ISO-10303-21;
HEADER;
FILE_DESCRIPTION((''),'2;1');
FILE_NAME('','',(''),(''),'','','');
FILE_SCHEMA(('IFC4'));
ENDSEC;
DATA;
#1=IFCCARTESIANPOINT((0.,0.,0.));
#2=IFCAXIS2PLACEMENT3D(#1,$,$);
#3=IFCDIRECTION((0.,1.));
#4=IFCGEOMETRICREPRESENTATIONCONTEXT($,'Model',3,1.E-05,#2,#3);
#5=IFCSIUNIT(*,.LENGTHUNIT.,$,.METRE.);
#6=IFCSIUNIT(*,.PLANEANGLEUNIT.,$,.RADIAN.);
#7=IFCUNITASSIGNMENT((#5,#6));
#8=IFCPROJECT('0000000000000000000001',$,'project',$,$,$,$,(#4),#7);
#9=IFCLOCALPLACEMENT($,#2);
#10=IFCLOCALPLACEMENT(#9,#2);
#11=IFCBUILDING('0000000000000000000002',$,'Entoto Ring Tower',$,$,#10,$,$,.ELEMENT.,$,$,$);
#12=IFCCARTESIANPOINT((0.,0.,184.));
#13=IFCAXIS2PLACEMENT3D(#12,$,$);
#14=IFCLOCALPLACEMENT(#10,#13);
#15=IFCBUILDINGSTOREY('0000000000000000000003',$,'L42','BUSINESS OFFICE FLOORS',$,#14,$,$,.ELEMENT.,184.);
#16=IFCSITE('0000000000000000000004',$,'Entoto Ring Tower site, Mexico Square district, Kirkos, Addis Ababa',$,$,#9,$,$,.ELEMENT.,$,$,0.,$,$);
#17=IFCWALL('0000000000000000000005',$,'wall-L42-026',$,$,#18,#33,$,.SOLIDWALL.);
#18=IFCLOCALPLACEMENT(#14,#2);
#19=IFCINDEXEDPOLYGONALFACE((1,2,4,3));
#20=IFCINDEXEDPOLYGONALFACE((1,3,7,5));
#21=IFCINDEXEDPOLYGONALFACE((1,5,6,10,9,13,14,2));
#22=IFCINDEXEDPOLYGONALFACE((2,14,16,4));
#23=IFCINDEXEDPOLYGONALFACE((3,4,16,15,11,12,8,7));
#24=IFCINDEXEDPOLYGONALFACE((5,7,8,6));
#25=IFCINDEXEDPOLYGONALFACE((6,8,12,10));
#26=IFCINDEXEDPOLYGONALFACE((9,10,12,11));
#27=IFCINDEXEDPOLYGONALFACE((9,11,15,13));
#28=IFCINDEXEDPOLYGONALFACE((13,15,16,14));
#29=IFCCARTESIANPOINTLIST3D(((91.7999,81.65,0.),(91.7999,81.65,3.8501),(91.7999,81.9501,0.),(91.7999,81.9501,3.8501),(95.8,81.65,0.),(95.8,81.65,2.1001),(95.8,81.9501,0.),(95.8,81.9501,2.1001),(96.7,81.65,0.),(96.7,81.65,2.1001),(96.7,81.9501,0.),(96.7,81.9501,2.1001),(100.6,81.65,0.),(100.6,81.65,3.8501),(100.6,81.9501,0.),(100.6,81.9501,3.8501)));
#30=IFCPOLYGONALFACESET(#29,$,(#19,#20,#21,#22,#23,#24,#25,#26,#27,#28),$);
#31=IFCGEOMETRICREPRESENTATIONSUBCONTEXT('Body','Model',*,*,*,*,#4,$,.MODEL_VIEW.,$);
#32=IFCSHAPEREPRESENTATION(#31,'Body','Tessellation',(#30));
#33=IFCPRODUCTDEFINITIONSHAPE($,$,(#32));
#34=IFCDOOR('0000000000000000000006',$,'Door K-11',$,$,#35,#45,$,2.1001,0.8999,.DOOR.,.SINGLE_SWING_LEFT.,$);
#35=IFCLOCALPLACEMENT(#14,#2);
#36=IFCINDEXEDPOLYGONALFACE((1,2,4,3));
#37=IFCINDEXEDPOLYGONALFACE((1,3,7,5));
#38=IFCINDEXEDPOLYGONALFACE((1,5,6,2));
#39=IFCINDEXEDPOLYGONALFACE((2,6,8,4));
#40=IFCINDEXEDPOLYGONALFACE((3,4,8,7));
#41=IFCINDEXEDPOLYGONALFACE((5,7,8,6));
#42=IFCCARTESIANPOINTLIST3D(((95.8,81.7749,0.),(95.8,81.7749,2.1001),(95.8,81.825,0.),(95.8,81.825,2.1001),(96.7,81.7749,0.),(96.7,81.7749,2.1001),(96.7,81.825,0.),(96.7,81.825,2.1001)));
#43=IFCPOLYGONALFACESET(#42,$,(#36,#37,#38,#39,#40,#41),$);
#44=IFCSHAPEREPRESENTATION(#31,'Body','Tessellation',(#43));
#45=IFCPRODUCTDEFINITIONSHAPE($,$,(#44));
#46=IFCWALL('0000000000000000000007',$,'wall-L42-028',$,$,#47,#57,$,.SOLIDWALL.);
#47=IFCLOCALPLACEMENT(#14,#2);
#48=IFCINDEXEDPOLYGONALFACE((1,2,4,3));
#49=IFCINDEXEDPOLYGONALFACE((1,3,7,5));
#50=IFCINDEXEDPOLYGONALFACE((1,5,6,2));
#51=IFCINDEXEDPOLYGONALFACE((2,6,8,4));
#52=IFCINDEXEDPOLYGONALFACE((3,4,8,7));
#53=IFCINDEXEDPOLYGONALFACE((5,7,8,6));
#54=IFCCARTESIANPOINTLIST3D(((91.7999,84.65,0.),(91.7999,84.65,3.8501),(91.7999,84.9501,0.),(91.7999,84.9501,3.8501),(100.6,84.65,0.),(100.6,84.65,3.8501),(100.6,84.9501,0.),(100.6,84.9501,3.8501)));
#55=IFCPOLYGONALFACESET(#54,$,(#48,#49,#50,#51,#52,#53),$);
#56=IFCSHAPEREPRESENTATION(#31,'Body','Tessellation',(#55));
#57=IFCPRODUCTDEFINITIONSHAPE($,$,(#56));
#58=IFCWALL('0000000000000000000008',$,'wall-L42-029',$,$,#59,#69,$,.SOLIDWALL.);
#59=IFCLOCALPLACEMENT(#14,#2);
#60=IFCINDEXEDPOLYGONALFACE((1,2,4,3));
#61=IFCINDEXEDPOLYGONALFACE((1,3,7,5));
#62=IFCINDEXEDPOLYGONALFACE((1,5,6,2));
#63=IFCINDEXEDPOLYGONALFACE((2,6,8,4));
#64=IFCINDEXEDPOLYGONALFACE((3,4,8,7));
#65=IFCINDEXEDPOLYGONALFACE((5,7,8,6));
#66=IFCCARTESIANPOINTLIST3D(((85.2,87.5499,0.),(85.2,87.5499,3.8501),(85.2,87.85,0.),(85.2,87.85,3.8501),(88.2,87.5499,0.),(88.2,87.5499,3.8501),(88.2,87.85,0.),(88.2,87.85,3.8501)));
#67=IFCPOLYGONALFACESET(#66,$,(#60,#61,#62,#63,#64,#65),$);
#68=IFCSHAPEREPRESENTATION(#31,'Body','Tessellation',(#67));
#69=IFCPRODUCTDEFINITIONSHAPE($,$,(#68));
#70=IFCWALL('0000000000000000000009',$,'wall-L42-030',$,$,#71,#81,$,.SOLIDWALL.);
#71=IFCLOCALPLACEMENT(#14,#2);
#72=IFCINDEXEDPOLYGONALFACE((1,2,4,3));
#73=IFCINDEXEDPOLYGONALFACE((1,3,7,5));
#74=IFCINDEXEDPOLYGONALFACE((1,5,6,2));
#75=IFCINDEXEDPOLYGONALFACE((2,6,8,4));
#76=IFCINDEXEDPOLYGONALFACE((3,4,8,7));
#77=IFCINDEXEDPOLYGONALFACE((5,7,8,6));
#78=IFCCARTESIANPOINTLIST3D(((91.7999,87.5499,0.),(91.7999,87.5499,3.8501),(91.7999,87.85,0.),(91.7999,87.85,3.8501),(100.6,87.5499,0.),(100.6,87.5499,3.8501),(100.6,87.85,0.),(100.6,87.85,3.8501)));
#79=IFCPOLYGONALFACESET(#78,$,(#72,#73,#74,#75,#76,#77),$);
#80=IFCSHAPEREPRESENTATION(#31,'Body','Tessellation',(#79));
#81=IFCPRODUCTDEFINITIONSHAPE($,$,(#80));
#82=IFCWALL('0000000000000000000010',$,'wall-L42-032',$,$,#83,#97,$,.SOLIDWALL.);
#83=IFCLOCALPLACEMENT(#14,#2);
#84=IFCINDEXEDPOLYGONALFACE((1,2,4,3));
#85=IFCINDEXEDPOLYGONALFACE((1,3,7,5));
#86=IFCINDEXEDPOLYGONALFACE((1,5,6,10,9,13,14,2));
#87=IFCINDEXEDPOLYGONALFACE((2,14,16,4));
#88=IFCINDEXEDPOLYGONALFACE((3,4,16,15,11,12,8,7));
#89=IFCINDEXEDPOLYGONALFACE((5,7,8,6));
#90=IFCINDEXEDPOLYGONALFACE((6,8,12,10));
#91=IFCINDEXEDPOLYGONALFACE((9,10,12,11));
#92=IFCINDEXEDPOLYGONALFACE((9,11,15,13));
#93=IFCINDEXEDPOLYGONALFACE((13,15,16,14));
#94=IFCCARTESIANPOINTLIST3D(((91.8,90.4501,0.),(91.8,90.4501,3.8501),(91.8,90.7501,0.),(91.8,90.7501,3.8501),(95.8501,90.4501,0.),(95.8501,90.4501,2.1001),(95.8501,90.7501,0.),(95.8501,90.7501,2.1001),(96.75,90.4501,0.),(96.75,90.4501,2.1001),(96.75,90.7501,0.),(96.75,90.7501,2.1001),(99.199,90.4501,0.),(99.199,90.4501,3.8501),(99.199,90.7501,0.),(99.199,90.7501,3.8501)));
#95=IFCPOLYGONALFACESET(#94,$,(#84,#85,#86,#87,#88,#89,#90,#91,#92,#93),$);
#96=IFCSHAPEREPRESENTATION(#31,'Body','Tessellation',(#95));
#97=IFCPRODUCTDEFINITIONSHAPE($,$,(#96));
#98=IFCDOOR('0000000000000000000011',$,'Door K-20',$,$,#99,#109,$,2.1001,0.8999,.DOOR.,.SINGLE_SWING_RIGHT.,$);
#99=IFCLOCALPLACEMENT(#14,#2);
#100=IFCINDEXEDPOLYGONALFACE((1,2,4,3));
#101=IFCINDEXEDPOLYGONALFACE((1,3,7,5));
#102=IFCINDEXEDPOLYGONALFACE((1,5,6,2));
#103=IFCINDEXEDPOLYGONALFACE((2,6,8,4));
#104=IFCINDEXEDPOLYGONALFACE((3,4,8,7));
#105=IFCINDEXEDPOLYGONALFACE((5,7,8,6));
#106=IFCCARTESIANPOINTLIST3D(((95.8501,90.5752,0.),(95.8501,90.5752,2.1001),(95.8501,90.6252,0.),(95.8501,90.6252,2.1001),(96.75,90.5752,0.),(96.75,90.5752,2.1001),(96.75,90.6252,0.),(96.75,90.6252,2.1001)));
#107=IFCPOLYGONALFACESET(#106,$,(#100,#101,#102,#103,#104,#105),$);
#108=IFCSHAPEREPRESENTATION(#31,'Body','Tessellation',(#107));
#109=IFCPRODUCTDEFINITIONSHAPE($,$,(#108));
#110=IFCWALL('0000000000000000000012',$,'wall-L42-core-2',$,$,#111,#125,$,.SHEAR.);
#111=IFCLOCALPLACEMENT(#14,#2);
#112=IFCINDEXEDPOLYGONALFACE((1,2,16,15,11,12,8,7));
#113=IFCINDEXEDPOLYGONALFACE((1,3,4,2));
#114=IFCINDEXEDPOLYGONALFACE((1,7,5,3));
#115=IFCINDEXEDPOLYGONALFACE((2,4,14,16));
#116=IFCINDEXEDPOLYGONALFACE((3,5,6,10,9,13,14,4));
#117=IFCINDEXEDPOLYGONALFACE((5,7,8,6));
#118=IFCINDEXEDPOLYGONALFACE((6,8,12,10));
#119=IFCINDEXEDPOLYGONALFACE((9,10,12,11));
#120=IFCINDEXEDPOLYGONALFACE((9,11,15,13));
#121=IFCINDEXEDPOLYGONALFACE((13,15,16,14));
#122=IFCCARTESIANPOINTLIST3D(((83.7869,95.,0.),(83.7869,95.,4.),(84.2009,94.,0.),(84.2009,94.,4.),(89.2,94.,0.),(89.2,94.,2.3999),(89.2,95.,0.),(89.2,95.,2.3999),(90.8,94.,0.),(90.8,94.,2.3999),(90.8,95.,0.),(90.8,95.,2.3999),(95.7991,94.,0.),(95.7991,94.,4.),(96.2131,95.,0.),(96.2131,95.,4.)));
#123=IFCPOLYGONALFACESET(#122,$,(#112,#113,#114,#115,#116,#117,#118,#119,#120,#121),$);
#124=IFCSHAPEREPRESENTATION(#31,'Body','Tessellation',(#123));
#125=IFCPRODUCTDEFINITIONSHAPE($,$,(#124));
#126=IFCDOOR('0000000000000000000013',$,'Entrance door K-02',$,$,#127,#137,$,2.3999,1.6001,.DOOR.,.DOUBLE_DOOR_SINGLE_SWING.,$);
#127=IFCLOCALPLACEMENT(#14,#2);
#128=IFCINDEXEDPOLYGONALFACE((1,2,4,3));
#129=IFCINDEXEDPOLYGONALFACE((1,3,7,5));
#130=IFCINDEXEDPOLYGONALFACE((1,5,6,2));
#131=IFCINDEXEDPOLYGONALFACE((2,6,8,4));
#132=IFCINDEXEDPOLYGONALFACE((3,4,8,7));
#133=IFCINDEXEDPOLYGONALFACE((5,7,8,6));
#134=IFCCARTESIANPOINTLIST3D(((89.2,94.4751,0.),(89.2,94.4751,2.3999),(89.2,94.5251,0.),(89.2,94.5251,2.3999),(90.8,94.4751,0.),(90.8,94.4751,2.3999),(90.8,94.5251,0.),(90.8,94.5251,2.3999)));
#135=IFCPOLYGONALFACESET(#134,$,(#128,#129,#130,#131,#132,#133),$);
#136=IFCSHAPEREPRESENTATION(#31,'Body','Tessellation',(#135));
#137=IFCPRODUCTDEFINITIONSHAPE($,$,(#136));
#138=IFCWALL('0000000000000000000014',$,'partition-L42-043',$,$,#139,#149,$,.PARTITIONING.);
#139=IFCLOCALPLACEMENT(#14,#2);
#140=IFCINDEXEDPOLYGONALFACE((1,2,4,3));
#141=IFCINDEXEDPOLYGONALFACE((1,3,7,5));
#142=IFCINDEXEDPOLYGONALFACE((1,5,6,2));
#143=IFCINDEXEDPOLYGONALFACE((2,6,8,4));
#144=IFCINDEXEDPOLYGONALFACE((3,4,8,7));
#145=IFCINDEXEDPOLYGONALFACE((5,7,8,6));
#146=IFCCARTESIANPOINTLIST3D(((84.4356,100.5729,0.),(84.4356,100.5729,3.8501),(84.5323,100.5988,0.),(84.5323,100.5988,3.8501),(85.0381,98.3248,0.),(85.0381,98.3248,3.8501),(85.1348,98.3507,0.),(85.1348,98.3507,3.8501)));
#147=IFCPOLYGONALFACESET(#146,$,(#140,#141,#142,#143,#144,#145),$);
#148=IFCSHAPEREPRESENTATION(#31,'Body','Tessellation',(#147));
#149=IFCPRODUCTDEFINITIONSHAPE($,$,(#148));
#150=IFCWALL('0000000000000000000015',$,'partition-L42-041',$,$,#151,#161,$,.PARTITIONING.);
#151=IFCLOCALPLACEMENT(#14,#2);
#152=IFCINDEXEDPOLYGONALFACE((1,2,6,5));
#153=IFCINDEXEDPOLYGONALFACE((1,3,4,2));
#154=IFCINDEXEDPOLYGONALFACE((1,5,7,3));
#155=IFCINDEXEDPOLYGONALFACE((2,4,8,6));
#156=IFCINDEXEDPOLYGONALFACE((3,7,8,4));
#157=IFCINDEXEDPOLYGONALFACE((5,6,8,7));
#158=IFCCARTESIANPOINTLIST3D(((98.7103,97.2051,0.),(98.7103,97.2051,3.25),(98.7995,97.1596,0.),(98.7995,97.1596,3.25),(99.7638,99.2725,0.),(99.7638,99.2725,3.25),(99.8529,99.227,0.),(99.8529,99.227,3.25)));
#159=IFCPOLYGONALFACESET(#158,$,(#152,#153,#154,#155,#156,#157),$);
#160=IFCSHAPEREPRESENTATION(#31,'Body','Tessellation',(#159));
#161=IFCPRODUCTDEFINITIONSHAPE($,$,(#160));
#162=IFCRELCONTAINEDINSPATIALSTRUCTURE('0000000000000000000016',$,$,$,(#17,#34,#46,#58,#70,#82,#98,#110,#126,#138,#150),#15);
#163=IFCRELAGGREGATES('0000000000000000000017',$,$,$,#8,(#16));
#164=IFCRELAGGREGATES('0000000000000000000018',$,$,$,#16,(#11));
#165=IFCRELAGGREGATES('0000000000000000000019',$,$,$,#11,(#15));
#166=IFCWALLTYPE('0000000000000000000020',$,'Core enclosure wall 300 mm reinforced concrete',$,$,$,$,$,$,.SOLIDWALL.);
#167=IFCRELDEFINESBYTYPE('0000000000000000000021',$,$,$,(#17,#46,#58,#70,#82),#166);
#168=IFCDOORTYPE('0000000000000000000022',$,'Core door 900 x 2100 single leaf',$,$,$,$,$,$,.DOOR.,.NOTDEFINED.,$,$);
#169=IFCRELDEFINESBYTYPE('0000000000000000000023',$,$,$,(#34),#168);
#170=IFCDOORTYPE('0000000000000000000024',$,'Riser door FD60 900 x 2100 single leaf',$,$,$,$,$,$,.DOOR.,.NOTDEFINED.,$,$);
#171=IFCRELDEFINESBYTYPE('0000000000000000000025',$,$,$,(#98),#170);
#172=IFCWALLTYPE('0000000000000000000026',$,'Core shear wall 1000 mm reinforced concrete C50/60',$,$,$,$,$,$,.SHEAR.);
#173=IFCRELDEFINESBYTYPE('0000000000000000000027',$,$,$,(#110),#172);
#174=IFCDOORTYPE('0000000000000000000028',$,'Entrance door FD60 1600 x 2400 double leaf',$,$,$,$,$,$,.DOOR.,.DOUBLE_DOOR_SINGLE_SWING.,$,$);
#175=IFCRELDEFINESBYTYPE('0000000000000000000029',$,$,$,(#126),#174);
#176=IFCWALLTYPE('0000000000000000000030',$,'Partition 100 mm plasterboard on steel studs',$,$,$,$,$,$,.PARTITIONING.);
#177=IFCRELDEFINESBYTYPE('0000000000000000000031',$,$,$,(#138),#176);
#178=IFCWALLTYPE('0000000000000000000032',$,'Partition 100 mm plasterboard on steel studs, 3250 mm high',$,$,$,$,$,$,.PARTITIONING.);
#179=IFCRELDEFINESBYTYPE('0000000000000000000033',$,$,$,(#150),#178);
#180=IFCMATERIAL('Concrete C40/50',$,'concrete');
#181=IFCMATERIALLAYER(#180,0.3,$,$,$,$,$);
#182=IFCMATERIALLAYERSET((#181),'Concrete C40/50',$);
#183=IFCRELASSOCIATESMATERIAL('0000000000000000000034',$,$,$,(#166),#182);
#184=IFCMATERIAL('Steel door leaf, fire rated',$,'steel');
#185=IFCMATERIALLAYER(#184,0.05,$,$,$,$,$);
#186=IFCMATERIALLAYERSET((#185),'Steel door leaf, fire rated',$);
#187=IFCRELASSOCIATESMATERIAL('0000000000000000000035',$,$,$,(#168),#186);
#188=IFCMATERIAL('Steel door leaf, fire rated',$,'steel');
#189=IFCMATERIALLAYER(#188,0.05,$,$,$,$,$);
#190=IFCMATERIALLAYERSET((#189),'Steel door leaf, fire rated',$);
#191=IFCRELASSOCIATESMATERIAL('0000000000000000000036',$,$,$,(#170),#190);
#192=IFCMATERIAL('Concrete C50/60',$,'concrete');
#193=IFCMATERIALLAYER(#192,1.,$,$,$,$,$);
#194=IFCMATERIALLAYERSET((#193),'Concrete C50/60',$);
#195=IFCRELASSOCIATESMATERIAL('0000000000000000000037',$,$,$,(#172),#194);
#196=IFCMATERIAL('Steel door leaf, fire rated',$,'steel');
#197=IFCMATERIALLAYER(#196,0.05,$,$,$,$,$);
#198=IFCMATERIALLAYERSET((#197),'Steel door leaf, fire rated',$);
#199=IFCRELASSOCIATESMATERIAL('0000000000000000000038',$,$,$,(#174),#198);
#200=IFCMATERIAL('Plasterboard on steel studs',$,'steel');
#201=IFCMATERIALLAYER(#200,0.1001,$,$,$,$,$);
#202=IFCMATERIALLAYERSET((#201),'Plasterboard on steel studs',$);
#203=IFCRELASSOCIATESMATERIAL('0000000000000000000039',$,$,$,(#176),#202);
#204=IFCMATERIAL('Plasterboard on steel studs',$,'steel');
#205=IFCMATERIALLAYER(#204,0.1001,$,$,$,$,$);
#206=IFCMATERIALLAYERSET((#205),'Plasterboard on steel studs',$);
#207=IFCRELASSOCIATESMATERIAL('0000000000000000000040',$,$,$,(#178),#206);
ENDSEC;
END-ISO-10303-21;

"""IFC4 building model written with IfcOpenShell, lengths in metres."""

from ifc_helpers import new_model, si_unit, direction, frame, frame_2d, origin, place, context, subcontext, project, spatial, polyline, rectangle, outline, extrude, material, layer, layer_set, type_object, element, fill, save


model = new_model("IFC4")

# Units and contexts
model_context = context("Model", 3, precision=1e-05, world=origin(), true_north=direction((0.0, 1.0)))
body_context = subcontext(model_context, "Body", "Model", "MODEL_VIEW")
ifc_project = project(units=[si_unit("LENGTHUNIT", "METRE"), si_unit("PLANEANGLEUNIT", "RADIAN")], contexts=[model_context])

# Site, building, storey
site_placement = place(None, origin())
site = spatial("IfcSite", under=ifc_project, at=site_placement, Name="Entoto Ring Tower site, Mexico Square district, Kirkos, Addis Ababa", CompositionType="ELEMENT", RefElevation=0.0)
building_placement = place(site_placement, origin())
building = spatial("IfcBuilding", under=site, at=building_placement, Name="Entoto Ring Tower", CompositionType="ELEMENT")
storey_placement = place(building_placement, frame((0.0, 0.0, 184.0)))
storey = spatial("IfcBuildingStorey", under=building, at=storey_placement, Name="L42", Description="BUSINESS OFFICE FLOORS", CompositionType="ELEMENT", Elevation=184.0)

# Shared definitions
ifc_material_1 = material(Name="Concrete C40/50", Category="concrete")
ifc_layer_1 = layer(ifc_material_1, 0.3)
ifc_layer_set_1 = layer_set([ifc_layer_1], Name="Concrete C40/50")
wall_type_1 = type_object("IfcWallType", Name="Core enclosure wall 300 mm reinforced concrete", PredefinedType="SOLIDWALL", material=ifc_layer_set_1)

# Wall, opening, door
wall_1_placement = place(storey_placement, frame((91.8, 81.8, 0.0), z_axis=(0.0, 0.0, 1.0), x_axis=(1.0, 0.0, 0.0)))
wall_1 = element("IfcWall", 1, at=wall_1_placement, inside=storey, type_object=wall_type_1, Name="wall-L42-026", PredefinedType="SOLIDWALL", context=body_context, shape_type="SweptSolid", body=[
    extrude(rectangle(XDim=8.8, YDim=0.3, at=frame_2d((4.3999, 0.0))), origin(), (0.0, 0.0, 1.0), 3.8501),
])
opening_1_placement = place(wall_1_placement, frame((4.0, 0.0, 0.0)))
opening_1 = element("IfcOpeningElement", 2, at=opening_1_placement, cuts=wall_1, PredefinedType="OPENING", context=body_context, shape_type="SweptSolid", body=[
    extrude(rectangle(XDim=0.8999, YDim=2.1001, at=frame_2d((0.45, 1.05))), frame((0.0, 0.1602, 0.0), z_axis=(0.0, -1.0, 0.0), x_axis=(1.0, 0.0, 0.0)), (0.0, 0.0, 1.0), 0.3201),
])
ifc_material_2 = material(Name="Steel door leaf, fire rated", Category="steel")
ifc_layer_2 = layer(ifc_material_2, 0.05)
ifc_layer_set_2 = layer_set([ifc_layer_2], Name="Steel door leaf, fire rated")
door_type_1 = type_object("IfcDoorType", Name="Core door 900 x 2100 single leaf", OperationType="NOTDEFINED", PredefinedType="DOOR", material=ifc_layer_set_2)
door_1_placement = place(opening_1_placement, origin())
door_1 = element("IfcDoor", 3, at=door_1_placement, inside=storey, type_object=door_type_1, Name="Door K-11", OperationType="SINGLE_SWING_LEFT", OverallHeight=2.1001, OverallWidth=0.8999, PredefinedType="DOOR", context=body_context, shape_type="SweptSolid", body=[
    extrude(rectangle(XDim=0.8999, YDim=2.1001, at=frame_2d((0.45, 1.05))), frame((0.0, 0.0249, 0.0), z_axis=(0.0, -1.0, 0.0), x_axis=(1.0, 0.0, 0.0)), (0.0, 0.0, 1.0), 0.05),
])
fill(opening_1, door_1)

# Walls
wall_2_placement = place(storey_placement, frame((91.8, 84.8, 0.0), z_axis=(0.0, 0.0, 1.0), x_axis=(1.0, 0.0, 0.0)))
element("IfcWall", 4, at=wall_2_placement, inside=storey, type_object=wall_type_1, Name="wall-L42-028", PredefinedType="SOLIDWALL", context=body_context, shape_type="SweptSolid", body=[
    extrude(rectangle(XDim=8.8, YDim=0.3, at=frame_2d((4.3999, 0.0))), origin(), (0.0, 0.0, 1.0), 3.8501),
])
wall_3_placement = place(storey_placement, frame((85.2, 87.7, 0.0), z_axis=(0.0, 0.0, 1.0), x_axis=(1.0, 0.0, 0.0)))
element("IfcWall", 5, at=wall_3_placement, inside=storey, type_object=wall_type_1, Name="wall-L42-029", PredefinedType="SOLIDWALL", context=body_context, shape_type="SweptSolid", body=[
    extrude(rectangle(XDim=3.0, YDim=0.3, at=frame_2d((1.5, 0.0))), origin(), (0.0, 0.0, 1.0), 3.8501),
])
wall_4_placement = place(storey_placement, frame((91.8, 87.7, 0.0), z_axis=(0.0, 0.0, 1.0), x_axis=(1.0, 0.0, 0.0)))
element("IfcWall", 6, at=wall_4_placement, inside=storey, type_object=wall_type_1, Name="wall-L42-030", PredefinedType="SOLIDWALL", context=body_context, shape_type="SweptSolid", body=[
    extrude(rectangle(XDim=8.8, YDim=0.3, at=frame_2d((4.3999, 0.0))), origin(), (0.0, 0.0, 1.0), 3.8501),
])

# Walls, openings, doors
wall_5_placement = place(storey_placement, frame((91.8, 90.6001, 0.0), z_axis=(0.0, 0.0, 1.0), x_axis=(1.0, 0.0, 0.0)))
wall_5 = element("IfcWall", 7, at=wall_5_placement, inside=storey, type_object=wall_type_1, Name="wall-L42-032", PredefinedType="SOLIDWALL", context=body_context, shape_type="SweptSolid", body=[
    extrude(rectangle(XDim=7.3989, YDim=0.3, at=frame_2d((3.6995, 0.0))), origin(), (0.0, 0.0, 1.0), 3.8501),
])
opening_2_placement = place(wall_5_placement, frame((4.05, 0.0, 0.0)))
opening_2 = element("IfcOpeningElement", 8, at=opening_2_placement, cuts=wall_5, PredefinedType="OPENING", context=body_context, shape_type="SweptSolid", body=[
    extrude(rectangle(XDim=0.8999, YDim=2.1001, at=frame_2d((0.45, 1.05))), frame((0.0, 0.1602, 0.0), z_axis=(0.0, -1.0, 0.0), x_axis=(1.0, 0.0, 0.0)), (0.0, 0.0, 1.0), 0.3201),
])
ifc_material_3 = material(Name="Steel door leaf, fire rated", Category="steel")
ifc_layer_3 = layer(ifc_material_3, 0.05)
ifc_layer_set_3 = layer_set([ifc_layer_3], Name="Steel door leaf, fire rated")
door_type_2 = type_object("IfcDoorType", Name="Riser door FD60 900 x 2100 single leaf", OperationType="NOTDEFINED", PredefinedType="DOOR", material=ifc_layer_set_3)
door_2_placement = place(opening_2_placement, frame((0.8999, 0.0, 0.0), z_axis=(0.0, 0.0, 1.0), x_axis=(-1.0, 0.0, 0.0)))
door_2 = element("IfcDoor", 9, at=door_2_placement, inside=storey, type_object=door_type_2, Name="Door K-20", OperationType="SINGLE_SWING_RIGHT", OverallHeight=2.1001, OverallWidth=0.8999, PredefinedType="DOOR", context=body_context, shape_type="SweptSolid", body=[
    extrude(rectangle(XDim=0.8999, YDim=2.1001, at=frame_2d((0.45, 1.05))), frame((0.0, 0.0249, 0.0), z_axis=(0.0, -1.0, 0.0), x_axis=(1.0, 0.0, 0.0)), (0.0, 0.0, 1.0), 0.05),
])
fill(opening_2, door_2)
ifc_material_4 = material(Name="Concrete C50/60", Category="concrete")
ifc_layer_4 = layer(ifc_material_4, 1.0)
ifc_layer_set_4 = layer_set([ifc_layer_4], Name="Concrete C50/60")
wall_type_2 = type_object("IfcWallType", Name="Core shear wall 1000 mm reinforced concrete C50/60", PredefinedType="SHEAR", material=ifc_layer_set_4)
wall_6_placement = place(storey_placement, frame((96.0061, 94.5, 0.0), z_axis=(0.0, 0.0, 1.0), x_axis=(-1.0, 0.0, 0.0)))
wall_6 = element("IfcWall", 10, at=wall_6_placement, inside=storey, type_object=wall_type_2, Name="wall-L42-core-2", PredefinedType="SHEAR", context=body_context, shape_type="SweptSolid", body=[
    extrude(outline(polyline([(-0.207, -0.5), (12.2192, -0.5), (11.8052, 0.5), (0.207, 0.5), (-0.207, -0.5)])), origin(), (0.0, 0.0, 1.0), 4.0),
])
opening_3_placement = place(wall_6_placement, frame((5.2061, 0.0, 0.0)))
opening_3 = element("IfcOpeningElement", 11, at=opening_3_placement, cuts=wall_6, PredefinedType="OPENING", context=body_context, shape_type="SweptSolid", body=[
    extrude(rectangle(XDim=1.6001, YDim=2.3999, at=frame_2d((0.8, 1.2))), frame((0.0, 0.51, 0.0), z_axis=(0.0, -1.0, 0.0), x_axis=(1.0, 0.0, 0.0)), (0.0, 0.0, 1.0), 1.02),
])
ifc_material_5 = material(Name="Steel door leaf, fire rated", Category="steel")
ifc_layer_5 = layer(ifc_material_5, 0.05)
ifc_layer_set_5 = layer_set([ifc_layer_5], Name="Steel door leaf, fire rated")
door_type_3 = type_object("IfcDoorType", Name="Entrance door FD60 1600 x 2400 double leaf", OperationType="DOUBLE_DOOR_SINGLE_SWING", PredefinedType="DOOR", material=ifc_layer_set_5)
door_3_placement = place(opening_3_placement, origin())
door_3 = element("IfcDoor", 12, at=door_3_placement, inside=storey, type_object=door_type_3, Name="Entrance door K-02", OperationType="DOUBLE_DOOR_SINGLE_SWING", OverallHeight=2.3999, OverallWidth=1.6001, PredefinedType="DOOR", context=body_context, shape_type="SweptSolid", body=[
    extrude(rectangle(XDim=1.6001, YDim=2.3999, at=frame_2d((0.8, 1.2))), frame((0.0, 0.0249, 0.0), z_axis=(0.0, -1.0, 0.0), x_axis=(1.0, 0.0, 0.0)), (0.0, 0.0, 1.0), 0.05),
])
fill(opening_3, door_3)

# Walls
ifc_material_6 = material(Name="Plasterboard on steel studs", Category="steel")
ifc_layer_6 = layer(ifc_material_6, 0.1001)
ifc_layer_set_6 = layer_set([ifc_layer_6], Name="Plasterboard on steel studs")
wall_type_3 = type_object("IfcWallType", Name="Partition 100 mm plasterboard on steel studs", PredefinedType="PARTITIONING", material=ifc_layer_set_6)
wall_7_placement = place(storey_placement, frame((85.0864, 98.3379, 0.0), z_axis=(0.0, 0.0, 1.0), x_axis=(-0.25889, 0.965907, 0.0)))
element("IfcWall", 13, at=wall_7_placement, inside=storey, type_object=wall_type_3, Name="partition-L42-043", PredefinedType="PARTITIONING", context=body_context, shape_type="SweptSolid", body=[
    extrude(rectangle(XDim=2.3274, YDim=0.1001, at=frame_2d((1.1636, 0.0))), origin(), (0.0, 0.0, 1.0), 3.8501),
])
ifc_material_7 = material(Name="Plasterboard on steel studs", Category="steel")
ifc_layer_7 = layer(ifc_material_7, 0.1001)
ifc_layer_set_7 = layer_set([ifc_layer_7], Name="Plasterboard on steel studs")
wall_type_4 = type_object("IfcWallType", Name="Partition 100 mm plasterboard on steel studs, 3250 mm high", PredefinedType="PARTITIONING", material=ifc_layer_set_7)
wall_8_placement = place(storey_placement, frame((98.7549, 97.1824, 0.0), z_axis=(0.0, 0.0, 1.0), x_axis=(0.454019, 0.890992, 0.0)))
element("IfcWall", 14, at=wall_8_placement, inside=storey, type_object=wall_type_4, Name="partition-L42-041", PredefinedType="PARTITIONING", context=body_context, shape_type="SweptSolid", body=[
    extrude(rectangle(XDim=2.3203, YDim=0.1001, at=frame_2d((1.1602, 0.0))), origin(), (0.0, 0.0, 1.0), 3.25),
])

save(model, "model.ifc")
